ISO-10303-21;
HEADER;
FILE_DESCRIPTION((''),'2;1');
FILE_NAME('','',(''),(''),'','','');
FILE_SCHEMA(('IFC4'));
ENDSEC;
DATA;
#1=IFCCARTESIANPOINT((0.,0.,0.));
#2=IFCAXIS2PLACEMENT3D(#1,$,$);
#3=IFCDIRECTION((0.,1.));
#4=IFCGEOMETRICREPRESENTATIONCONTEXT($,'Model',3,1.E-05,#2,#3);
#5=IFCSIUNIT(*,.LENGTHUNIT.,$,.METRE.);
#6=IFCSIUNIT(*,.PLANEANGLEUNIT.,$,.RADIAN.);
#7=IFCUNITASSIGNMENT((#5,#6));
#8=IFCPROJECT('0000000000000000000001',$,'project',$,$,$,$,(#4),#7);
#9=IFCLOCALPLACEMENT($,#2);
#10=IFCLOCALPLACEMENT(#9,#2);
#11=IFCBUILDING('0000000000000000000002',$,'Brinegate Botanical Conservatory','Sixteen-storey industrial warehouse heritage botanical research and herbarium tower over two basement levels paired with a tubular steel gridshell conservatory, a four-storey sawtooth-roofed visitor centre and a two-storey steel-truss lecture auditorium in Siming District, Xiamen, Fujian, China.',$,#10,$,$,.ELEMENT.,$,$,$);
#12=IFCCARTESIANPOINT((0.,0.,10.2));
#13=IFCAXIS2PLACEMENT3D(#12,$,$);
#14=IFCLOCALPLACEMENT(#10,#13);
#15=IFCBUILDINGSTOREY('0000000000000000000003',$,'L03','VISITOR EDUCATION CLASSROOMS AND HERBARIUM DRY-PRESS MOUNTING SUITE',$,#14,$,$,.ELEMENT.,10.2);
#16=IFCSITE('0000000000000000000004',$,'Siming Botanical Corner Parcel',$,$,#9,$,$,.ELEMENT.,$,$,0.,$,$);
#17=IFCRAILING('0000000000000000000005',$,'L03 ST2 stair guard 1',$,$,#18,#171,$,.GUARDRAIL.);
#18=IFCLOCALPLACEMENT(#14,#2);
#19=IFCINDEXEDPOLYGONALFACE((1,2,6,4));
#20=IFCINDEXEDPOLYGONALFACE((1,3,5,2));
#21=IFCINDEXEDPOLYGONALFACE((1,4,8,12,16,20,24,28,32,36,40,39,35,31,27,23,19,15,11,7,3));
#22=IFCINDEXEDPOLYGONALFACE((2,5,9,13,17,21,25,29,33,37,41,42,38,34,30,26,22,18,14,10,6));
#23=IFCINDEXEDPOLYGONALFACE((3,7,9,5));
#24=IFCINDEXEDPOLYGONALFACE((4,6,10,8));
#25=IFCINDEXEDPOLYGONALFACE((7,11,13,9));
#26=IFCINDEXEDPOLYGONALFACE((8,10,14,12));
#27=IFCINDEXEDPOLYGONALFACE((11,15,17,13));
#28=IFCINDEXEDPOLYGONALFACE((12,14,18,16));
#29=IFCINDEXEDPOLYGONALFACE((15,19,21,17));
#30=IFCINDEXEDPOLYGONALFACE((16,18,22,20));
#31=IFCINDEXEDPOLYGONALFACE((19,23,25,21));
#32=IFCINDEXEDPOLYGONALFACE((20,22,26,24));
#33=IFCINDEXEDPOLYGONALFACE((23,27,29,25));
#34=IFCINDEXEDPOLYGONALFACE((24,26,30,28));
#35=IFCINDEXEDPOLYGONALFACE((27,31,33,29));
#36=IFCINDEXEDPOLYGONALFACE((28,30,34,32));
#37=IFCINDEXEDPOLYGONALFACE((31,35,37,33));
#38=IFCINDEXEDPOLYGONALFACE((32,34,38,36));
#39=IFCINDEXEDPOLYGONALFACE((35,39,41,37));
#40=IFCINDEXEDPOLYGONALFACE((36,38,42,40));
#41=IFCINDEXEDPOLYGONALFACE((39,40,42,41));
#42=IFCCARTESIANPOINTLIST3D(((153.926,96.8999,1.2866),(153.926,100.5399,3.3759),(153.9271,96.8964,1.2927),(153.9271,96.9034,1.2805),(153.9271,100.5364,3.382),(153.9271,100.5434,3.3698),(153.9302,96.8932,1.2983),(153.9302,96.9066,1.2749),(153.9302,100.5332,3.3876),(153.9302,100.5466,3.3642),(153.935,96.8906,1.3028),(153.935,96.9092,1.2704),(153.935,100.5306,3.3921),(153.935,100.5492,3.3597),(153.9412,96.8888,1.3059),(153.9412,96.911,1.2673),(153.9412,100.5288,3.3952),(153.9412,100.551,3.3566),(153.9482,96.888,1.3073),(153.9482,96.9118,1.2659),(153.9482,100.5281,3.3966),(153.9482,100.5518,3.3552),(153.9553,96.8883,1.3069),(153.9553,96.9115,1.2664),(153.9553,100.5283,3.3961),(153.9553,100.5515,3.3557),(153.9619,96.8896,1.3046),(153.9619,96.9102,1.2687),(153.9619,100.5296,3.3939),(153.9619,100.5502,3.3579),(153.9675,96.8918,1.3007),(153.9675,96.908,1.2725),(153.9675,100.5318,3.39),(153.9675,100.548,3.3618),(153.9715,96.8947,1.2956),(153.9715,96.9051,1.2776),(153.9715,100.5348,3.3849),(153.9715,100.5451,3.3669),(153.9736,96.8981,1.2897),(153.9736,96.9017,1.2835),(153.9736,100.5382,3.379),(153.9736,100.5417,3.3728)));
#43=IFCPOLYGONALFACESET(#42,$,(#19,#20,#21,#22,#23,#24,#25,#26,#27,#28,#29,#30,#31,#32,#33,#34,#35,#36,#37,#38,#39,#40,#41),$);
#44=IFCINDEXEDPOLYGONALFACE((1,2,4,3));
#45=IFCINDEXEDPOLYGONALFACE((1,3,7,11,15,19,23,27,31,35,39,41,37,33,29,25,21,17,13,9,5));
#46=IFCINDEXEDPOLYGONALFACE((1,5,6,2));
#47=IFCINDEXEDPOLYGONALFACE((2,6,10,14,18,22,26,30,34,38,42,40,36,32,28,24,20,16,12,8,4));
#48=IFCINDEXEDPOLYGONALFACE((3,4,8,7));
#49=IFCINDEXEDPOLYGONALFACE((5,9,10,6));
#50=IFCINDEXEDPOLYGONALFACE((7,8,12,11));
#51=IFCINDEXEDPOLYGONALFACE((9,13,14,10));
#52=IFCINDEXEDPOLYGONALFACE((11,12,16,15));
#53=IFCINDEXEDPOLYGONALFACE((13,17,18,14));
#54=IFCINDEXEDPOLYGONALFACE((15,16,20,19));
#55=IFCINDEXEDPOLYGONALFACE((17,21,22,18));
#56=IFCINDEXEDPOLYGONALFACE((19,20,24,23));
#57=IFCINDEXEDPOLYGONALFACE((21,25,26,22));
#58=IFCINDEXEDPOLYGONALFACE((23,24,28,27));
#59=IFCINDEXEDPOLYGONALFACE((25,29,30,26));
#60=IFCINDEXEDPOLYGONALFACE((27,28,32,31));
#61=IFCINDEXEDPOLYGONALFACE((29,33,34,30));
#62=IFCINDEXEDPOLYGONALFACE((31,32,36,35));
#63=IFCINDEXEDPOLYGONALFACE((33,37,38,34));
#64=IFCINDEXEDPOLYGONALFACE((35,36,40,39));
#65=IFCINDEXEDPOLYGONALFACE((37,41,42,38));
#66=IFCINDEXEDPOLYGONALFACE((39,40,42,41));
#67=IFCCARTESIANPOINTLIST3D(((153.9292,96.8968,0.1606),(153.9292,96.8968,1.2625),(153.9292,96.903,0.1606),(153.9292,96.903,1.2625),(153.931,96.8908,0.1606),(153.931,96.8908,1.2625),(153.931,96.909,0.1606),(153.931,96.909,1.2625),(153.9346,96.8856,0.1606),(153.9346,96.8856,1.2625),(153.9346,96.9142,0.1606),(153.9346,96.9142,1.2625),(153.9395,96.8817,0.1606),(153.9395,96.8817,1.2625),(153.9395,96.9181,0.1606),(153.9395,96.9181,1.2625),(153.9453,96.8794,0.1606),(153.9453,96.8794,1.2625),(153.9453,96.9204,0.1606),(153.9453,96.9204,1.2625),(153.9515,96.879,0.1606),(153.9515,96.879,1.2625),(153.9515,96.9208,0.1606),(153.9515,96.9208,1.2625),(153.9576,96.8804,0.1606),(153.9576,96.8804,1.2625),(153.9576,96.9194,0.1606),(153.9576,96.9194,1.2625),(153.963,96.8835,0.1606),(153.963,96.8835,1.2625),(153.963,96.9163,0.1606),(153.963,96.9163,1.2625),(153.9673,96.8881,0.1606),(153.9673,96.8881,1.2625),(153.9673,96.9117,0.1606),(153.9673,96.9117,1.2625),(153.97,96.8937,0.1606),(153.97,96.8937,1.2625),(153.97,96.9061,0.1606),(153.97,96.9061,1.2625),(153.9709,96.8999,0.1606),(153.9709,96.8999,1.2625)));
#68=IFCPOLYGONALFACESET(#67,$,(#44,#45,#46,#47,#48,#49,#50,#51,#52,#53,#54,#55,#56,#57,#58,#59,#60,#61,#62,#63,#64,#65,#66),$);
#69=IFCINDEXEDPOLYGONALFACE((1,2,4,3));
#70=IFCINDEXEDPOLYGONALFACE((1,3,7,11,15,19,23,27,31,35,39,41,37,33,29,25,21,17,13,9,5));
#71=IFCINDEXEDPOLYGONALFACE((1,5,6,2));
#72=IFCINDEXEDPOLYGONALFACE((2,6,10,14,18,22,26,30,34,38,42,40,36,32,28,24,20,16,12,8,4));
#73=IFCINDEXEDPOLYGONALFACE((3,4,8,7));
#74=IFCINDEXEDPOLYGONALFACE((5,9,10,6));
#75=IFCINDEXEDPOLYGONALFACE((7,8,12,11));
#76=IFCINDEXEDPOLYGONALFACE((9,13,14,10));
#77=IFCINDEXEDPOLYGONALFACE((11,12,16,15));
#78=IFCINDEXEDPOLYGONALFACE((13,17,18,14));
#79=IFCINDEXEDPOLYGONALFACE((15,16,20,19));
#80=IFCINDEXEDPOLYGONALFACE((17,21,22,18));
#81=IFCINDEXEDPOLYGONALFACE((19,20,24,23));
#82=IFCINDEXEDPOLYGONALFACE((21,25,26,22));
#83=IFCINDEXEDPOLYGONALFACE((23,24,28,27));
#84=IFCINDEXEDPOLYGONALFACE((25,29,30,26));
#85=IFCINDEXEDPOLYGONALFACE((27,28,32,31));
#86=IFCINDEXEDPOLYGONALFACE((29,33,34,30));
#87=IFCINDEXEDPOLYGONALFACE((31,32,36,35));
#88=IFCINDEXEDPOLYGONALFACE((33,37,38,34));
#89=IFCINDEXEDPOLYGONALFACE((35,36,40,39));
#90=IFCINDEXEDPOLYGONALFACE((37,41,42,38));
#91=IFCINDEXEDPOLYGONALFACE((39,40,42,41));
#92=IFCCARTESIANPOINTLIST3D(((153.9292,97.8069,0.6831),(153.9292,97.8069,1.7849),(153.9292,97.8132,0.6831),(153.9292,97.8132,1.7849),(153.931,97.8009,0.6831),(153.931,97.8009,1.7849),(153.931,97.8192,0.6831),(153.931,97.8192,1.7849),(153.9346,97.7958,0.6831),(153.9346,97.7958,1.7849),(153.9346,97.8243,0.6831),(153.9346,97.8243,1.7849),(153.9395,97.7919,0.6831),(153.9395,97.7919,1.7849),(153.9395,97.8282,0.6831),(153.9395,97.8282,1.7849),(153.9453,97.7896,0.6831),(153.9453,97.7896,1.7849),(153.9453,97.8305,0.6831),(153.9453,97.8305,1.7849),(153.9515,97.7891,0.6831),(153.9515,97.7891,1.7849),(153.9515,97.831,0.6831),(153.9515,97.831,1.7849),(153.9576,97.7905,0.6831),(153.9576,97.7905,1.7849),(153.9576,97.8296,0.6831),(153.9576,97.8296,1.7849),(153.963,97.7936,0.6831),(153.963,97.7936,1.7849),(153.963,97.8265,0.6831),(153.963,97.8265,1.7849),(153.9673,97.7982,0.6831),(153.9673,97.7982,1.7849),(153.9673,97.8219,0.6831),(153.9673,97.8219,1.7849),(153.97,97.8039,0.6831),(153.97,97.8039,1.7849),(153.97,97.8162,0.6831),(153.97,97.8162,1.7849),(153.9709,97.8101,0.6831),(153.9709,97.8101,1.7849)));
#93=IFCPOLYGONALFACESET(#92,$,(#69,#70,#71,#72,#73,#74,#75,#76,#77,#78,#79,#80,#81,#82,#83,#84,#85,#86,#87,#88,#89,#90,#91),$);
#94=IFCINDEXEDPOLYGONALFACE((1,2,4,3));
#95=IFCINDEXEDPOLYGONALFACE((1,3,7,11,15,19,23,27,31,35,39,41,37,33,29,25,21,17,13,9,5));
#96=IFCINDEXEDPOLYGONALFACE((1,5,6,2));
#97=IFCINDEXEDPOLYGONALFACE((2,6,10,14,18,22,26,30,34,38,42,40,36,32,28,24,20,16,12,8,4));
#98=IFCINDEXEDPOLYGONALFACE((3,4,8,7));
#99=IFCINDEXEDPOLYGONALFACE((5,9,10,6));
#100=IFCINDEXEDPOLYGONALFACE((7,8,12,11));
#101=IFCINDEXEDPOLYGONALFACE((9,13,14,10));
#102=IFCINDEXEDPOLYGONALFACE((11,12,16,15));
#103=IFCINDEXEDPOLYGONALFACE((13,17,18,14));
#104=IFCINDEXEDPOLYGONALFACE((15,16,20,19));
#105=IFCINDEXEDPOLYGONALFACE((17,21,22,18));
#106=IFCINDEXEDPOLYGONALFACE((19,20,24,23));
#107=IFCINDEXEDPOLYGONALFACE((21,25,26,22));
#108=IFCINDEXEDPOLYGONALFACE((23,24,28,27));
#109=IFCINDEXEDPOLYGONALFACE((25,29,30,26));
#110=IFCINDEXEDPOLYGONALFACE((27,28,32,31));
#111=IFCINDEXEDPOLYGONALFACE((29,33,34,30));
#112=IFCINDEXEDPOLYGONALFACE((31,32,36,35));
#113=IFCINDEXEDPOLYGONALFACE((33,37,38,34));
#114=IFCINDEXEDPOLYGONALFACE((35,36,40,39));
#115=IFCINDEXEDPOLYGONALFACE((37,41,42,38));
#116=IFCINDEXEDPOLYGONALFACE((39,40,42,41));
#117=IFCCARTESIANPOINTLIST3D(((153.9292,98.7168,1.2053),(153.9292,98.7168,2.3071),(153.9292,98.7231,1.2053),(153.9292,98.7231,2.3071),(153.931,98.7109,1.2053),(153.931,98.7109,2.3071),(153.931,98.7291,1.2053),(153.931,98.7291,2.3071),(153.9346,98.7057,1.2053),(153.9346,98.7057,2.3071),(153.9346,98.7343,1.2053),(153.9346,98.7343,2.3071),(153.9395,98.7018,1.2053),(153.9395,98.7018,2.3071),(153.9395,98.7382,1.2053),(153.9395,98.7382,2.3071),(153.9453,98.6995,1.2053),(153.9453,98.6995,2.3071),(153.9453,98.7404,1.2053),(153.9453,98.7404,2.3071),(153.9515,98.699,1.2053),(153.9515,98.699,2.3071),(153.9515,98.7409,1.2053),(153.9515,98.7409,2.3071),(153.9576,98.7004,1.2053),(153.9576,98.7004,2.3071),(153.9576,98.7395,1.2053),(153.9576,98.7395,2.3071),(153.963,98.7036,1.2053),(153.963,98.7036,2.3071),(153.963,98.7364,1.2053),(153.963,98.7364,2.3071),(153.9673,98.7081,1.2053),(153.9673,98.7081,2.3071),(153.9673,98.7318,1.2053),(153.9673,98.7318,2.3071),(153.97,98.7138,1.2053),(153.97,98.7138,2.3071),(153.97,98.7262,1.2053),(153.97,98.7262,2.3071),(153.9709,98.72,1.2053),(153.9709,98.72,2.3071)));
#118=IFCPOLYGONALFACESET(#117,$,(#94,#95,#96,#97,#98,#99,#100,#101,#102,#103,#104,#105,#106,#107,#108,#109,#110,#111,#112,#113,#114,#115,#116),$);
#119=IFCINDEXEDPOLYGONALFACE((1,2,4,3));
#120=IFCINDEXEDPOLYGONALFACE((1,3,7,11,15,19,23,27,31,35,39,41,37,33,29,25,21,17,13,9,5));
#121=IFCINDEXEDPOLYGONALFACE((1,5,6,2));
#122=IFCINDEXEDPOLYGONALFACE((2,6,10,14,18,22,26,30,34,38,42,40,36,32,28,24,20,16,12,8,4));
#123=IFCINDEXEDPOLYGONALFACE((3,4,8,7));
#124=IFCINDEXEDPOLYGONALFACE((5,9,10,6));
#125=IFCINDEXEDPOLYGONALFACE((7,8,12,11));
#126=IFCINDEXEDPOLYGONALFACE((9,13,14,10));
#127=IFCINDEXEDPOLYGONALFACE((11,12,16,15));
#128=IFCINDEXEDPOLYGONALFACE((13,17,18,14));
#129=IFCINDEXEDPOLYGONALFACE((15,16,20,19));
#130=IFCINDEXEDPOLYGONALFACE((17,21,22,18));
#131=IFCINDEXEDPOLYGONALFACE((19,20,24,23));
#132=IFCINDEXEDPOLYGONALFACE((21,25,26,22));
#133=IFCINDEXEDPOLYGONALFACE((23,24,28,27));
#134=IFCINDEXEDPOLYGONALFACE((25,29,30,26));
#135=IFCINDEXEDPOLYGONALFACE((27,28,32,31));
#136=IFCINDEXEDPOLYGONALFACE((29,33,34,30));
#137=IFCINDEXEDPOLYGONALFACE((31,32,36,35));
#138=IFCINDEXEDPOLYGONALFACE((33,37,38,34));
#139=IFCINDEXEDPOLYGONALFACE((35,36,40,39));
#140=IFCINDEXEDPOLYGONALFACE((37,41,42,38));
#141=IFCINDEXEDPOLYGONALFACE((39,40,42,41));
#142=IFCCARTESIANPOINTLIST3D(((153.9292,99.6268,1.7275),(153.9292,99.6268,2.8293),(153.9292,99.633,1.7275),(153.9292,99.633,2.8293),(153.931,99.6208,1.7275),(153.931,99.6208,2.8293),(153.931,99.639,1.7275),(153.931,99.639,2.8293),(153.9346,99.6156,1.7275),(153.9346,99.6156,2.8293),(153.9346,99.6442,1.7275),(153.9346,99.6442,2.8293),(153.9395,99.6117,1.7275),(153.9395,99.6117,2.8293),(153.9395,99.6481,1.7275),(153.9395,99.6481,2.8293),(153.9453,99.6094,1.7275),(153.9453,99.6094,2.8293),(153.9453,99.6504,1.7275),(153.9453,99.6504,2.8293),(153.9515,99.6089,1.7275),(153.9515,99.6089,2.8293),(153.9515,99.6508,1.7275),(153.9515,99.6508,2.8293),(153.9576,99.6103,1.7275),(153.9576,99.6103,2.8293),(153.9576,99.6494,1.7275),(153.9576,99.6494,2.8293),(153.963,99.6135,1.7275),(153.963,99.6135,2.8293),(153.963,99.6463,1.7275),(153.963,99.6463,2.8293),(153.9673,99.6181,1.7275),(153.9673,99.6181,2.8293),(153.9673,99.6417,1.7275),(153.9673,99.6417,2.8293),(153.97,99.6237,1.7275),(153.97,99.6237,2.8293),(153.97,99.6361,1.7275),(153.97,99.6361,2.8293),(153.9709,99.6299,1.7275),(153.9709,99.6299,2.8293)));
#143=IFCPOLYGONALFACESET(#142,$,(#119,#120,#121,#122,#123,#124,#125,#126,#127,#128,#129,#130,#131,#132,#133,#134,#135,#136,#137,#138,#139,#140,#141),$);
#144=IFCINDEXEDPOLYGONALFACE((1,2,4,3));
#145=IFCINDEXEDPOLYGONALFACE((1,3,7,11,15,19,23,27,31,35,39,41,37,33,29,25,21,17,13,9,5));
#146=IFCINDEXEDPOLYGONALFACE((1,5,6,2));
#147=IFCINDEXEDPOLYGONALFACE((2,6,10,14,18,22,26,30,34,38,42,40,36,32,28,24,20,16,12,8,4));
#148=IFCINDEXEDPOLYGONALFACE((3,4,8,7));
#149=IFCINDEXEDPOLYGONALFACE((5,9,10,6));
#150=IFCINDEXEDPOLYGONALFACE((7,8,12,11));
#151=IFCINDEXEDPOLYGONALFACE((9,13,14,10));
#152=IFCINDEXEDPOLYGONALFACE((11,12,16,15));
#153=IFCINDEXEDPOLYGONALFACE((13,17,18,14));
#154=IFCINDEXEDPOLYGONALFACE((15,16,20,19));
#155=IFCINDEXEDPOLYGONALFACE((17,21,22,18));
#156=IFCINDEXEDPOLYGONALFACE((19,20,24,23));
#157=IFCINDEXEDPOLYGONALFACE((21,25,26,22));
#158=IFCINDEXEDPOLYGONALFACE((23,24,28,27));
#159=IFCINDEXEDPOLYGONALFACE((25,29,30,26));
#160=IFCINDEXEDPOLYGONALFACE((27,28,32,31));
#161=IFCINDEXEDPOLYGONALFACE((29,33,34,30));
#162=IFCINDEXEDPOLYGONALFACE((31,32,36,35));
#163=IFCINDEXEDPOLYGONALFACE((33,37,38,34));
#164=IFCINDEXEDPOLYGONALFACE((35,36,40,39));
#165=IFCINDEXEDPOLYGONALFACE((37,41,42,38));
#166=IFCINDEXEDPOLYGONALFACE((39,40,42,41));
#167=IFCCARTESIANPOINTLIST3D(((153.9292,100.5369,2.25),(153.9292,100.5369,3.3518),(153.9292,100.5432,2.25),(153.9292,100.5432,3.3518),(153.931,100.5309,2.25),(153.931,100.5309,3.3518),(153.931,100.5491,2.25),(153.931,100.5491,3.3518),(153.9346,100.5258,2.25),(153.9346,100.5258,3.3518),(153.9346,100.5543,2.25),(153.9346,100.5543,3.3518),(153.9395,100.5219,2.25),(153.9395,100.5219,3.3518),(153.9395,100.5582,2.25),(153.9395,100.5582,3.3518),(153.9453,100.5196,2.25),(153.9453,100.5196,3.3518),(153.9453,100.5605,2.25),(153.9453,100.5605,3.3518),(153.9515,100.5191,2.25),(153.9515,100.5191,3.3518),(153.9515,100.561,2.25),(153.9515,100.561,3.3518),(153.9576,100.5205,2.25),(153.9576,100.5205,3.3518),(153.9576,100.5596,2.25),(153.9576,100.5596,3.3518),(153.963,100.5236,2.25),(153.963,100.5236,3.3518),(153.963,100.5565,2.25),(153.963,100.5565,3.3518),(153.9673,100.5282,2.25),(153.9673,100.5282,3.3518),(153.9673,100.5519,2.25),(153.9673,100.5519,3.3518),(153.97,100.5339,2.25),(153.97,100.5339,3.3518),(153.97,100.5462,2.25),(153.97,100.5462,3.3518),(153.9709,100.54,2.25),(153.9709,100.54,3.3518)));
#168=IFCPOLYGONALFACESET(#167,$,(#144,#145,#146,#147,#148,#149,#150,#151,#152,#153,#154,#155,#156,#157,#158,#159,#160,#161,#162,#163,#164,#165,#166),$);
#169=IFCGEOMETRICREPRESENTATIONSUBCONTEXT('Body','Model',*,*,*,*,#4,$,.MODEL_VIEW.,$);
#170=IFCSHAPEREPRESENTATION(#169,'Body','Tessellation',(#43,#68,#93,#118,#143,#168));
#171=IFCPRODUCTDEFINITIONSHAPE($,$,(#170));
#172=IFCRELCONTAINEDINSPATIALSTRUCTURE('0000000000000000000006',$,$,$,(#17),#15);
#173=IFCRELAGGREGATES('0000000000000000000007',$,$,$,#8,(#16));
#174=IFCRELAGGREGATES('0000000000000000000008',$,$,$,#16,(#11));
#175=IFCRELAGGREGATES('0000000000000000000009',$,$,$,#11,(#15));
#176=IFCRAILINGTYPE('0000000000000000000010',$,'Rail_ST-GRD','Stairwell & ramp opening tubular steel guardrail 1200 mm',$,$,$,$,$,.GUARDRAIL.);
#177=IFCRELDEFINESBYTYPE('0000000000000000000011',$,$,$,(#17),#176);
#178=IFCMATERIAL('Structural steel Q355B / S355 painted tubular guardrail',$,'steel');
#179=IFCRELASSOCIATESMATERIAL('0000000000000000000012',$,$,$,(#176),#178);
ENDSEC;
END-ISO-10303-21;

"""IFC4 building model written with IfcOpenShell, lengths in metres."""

from ifc_helpers import new_model, si_unit, direction, frame, origin, origin_2d, place, context, subcontext, project, spatial, circle, extrude, material, type_object, element, save


model = new_model("IFC4")

# Units and contexts
model_context = context("Model", 3, precision=1e-05, world=origin(), true_north=direction((0.0, 1.0)))
body_context = subcontext(model_context, "Body", "Model", "MODEL_VIEW")
ifc_project = project(units=[si_unit("LENGTHUNIT", "METRE"), si_unit("PLANEANGLEUNIT", "RADIAN")], contexts=[model_context])

# Site, building, storey
site_placement = place(None, origin())
site = spatial("IfcSite", under=ifc_project, at=site_placement, Name="Siming Botanical Corner Parcel", CompositionType="ELEMENT", RefElevation=0.0)
building_placement = place(site_placement, origin())
building = spatial("IfcBuilding", under=site, at=building_placement, Name="Brinegate Botanical Conservatory", Description="Sixteen-storey industrial warehouse heritage botanical research and herbarium tower over two basement levels paired with a tubular steel gridshell conservatory, a four-storey sawtooth-roofed visitor centre and a two-storey steel-truss lecture auditorium in Siming District, Xiamen, Fujian, China.", CompositionType="ELEMENT")
storey_placement = place(building_placement, frame((0.0, 0.0, 10.2)))
storey = spatial("IfcBuildingStorey", under=building, at=storey_placement, Name="L03", Description="VISITOR EDUCATION CLASSROOMS AND HERBARIUM DRY-PRESS MOUNTING SUITE", CompositionType="ELEMENT", Elevation=10.2)

# Railing
ifc_material_1 = material(Name="Structural steel Q355B / S355 painted tubular guardrail", Category="steel")
railing_type_1 = type_object("IfcRailingType", Name="Rail_ST-GRD", Description="Stairwell & ramp opening tubular steel guardrail 1200 mm", PredefinedType="GUARDRAIL", material=ifc_material_1)
railing_1_placement = place(storey_placement, frame((153.95, 96.8999, 0.1606)))
element("IfcRailing", 1, at=railing_1_placement, inside=storey, type_object=railing_type_1, Name="L03 ST2 stair guard 1", PredefinedType="GUARDRAIL", context=body_context, shape_type="SweptSolid", body=[
    extrude(circle(Radius=0.0239, at=origin_2d()), frame((0.0, 0.0, 1.126), z_axis=(0.0, 0.867289, 0.497804), x_axis=(-1.0, 0.0, 0.0)), (0.0, 0.0, 1.0), 4.197),
    extrude(circle(Radius=0.021, at=origin_2d()), origin(), (0.0, 0.0, 1.0), 1.1018),
    extrude(circle(Radius=0.021, at=origin_2d()), frame((0.0, 0.9102, 0.5225)), (0.0, 0.0, 1.0), 1.1018),
    extrude(circle(Radius=0.021, at=origin_2d()), frame((0.0, 1.8201, 1.0447)), (0.0, 0.0, 1.0), 1.1018),
    extrude(circle(Radius=0.021, at=origin_2d()), frame((0.0, 2.73, 1.5669)), (0.0, 0.0, 1.0), 1.1018),
    extrude(circle(Radius=0.021, at=origin_2d()), frame((0.0, 3.6401, 2.0894)), (0.0, 0.0, 1.0), 1.1018),
])

save(model, "model.ifc")
